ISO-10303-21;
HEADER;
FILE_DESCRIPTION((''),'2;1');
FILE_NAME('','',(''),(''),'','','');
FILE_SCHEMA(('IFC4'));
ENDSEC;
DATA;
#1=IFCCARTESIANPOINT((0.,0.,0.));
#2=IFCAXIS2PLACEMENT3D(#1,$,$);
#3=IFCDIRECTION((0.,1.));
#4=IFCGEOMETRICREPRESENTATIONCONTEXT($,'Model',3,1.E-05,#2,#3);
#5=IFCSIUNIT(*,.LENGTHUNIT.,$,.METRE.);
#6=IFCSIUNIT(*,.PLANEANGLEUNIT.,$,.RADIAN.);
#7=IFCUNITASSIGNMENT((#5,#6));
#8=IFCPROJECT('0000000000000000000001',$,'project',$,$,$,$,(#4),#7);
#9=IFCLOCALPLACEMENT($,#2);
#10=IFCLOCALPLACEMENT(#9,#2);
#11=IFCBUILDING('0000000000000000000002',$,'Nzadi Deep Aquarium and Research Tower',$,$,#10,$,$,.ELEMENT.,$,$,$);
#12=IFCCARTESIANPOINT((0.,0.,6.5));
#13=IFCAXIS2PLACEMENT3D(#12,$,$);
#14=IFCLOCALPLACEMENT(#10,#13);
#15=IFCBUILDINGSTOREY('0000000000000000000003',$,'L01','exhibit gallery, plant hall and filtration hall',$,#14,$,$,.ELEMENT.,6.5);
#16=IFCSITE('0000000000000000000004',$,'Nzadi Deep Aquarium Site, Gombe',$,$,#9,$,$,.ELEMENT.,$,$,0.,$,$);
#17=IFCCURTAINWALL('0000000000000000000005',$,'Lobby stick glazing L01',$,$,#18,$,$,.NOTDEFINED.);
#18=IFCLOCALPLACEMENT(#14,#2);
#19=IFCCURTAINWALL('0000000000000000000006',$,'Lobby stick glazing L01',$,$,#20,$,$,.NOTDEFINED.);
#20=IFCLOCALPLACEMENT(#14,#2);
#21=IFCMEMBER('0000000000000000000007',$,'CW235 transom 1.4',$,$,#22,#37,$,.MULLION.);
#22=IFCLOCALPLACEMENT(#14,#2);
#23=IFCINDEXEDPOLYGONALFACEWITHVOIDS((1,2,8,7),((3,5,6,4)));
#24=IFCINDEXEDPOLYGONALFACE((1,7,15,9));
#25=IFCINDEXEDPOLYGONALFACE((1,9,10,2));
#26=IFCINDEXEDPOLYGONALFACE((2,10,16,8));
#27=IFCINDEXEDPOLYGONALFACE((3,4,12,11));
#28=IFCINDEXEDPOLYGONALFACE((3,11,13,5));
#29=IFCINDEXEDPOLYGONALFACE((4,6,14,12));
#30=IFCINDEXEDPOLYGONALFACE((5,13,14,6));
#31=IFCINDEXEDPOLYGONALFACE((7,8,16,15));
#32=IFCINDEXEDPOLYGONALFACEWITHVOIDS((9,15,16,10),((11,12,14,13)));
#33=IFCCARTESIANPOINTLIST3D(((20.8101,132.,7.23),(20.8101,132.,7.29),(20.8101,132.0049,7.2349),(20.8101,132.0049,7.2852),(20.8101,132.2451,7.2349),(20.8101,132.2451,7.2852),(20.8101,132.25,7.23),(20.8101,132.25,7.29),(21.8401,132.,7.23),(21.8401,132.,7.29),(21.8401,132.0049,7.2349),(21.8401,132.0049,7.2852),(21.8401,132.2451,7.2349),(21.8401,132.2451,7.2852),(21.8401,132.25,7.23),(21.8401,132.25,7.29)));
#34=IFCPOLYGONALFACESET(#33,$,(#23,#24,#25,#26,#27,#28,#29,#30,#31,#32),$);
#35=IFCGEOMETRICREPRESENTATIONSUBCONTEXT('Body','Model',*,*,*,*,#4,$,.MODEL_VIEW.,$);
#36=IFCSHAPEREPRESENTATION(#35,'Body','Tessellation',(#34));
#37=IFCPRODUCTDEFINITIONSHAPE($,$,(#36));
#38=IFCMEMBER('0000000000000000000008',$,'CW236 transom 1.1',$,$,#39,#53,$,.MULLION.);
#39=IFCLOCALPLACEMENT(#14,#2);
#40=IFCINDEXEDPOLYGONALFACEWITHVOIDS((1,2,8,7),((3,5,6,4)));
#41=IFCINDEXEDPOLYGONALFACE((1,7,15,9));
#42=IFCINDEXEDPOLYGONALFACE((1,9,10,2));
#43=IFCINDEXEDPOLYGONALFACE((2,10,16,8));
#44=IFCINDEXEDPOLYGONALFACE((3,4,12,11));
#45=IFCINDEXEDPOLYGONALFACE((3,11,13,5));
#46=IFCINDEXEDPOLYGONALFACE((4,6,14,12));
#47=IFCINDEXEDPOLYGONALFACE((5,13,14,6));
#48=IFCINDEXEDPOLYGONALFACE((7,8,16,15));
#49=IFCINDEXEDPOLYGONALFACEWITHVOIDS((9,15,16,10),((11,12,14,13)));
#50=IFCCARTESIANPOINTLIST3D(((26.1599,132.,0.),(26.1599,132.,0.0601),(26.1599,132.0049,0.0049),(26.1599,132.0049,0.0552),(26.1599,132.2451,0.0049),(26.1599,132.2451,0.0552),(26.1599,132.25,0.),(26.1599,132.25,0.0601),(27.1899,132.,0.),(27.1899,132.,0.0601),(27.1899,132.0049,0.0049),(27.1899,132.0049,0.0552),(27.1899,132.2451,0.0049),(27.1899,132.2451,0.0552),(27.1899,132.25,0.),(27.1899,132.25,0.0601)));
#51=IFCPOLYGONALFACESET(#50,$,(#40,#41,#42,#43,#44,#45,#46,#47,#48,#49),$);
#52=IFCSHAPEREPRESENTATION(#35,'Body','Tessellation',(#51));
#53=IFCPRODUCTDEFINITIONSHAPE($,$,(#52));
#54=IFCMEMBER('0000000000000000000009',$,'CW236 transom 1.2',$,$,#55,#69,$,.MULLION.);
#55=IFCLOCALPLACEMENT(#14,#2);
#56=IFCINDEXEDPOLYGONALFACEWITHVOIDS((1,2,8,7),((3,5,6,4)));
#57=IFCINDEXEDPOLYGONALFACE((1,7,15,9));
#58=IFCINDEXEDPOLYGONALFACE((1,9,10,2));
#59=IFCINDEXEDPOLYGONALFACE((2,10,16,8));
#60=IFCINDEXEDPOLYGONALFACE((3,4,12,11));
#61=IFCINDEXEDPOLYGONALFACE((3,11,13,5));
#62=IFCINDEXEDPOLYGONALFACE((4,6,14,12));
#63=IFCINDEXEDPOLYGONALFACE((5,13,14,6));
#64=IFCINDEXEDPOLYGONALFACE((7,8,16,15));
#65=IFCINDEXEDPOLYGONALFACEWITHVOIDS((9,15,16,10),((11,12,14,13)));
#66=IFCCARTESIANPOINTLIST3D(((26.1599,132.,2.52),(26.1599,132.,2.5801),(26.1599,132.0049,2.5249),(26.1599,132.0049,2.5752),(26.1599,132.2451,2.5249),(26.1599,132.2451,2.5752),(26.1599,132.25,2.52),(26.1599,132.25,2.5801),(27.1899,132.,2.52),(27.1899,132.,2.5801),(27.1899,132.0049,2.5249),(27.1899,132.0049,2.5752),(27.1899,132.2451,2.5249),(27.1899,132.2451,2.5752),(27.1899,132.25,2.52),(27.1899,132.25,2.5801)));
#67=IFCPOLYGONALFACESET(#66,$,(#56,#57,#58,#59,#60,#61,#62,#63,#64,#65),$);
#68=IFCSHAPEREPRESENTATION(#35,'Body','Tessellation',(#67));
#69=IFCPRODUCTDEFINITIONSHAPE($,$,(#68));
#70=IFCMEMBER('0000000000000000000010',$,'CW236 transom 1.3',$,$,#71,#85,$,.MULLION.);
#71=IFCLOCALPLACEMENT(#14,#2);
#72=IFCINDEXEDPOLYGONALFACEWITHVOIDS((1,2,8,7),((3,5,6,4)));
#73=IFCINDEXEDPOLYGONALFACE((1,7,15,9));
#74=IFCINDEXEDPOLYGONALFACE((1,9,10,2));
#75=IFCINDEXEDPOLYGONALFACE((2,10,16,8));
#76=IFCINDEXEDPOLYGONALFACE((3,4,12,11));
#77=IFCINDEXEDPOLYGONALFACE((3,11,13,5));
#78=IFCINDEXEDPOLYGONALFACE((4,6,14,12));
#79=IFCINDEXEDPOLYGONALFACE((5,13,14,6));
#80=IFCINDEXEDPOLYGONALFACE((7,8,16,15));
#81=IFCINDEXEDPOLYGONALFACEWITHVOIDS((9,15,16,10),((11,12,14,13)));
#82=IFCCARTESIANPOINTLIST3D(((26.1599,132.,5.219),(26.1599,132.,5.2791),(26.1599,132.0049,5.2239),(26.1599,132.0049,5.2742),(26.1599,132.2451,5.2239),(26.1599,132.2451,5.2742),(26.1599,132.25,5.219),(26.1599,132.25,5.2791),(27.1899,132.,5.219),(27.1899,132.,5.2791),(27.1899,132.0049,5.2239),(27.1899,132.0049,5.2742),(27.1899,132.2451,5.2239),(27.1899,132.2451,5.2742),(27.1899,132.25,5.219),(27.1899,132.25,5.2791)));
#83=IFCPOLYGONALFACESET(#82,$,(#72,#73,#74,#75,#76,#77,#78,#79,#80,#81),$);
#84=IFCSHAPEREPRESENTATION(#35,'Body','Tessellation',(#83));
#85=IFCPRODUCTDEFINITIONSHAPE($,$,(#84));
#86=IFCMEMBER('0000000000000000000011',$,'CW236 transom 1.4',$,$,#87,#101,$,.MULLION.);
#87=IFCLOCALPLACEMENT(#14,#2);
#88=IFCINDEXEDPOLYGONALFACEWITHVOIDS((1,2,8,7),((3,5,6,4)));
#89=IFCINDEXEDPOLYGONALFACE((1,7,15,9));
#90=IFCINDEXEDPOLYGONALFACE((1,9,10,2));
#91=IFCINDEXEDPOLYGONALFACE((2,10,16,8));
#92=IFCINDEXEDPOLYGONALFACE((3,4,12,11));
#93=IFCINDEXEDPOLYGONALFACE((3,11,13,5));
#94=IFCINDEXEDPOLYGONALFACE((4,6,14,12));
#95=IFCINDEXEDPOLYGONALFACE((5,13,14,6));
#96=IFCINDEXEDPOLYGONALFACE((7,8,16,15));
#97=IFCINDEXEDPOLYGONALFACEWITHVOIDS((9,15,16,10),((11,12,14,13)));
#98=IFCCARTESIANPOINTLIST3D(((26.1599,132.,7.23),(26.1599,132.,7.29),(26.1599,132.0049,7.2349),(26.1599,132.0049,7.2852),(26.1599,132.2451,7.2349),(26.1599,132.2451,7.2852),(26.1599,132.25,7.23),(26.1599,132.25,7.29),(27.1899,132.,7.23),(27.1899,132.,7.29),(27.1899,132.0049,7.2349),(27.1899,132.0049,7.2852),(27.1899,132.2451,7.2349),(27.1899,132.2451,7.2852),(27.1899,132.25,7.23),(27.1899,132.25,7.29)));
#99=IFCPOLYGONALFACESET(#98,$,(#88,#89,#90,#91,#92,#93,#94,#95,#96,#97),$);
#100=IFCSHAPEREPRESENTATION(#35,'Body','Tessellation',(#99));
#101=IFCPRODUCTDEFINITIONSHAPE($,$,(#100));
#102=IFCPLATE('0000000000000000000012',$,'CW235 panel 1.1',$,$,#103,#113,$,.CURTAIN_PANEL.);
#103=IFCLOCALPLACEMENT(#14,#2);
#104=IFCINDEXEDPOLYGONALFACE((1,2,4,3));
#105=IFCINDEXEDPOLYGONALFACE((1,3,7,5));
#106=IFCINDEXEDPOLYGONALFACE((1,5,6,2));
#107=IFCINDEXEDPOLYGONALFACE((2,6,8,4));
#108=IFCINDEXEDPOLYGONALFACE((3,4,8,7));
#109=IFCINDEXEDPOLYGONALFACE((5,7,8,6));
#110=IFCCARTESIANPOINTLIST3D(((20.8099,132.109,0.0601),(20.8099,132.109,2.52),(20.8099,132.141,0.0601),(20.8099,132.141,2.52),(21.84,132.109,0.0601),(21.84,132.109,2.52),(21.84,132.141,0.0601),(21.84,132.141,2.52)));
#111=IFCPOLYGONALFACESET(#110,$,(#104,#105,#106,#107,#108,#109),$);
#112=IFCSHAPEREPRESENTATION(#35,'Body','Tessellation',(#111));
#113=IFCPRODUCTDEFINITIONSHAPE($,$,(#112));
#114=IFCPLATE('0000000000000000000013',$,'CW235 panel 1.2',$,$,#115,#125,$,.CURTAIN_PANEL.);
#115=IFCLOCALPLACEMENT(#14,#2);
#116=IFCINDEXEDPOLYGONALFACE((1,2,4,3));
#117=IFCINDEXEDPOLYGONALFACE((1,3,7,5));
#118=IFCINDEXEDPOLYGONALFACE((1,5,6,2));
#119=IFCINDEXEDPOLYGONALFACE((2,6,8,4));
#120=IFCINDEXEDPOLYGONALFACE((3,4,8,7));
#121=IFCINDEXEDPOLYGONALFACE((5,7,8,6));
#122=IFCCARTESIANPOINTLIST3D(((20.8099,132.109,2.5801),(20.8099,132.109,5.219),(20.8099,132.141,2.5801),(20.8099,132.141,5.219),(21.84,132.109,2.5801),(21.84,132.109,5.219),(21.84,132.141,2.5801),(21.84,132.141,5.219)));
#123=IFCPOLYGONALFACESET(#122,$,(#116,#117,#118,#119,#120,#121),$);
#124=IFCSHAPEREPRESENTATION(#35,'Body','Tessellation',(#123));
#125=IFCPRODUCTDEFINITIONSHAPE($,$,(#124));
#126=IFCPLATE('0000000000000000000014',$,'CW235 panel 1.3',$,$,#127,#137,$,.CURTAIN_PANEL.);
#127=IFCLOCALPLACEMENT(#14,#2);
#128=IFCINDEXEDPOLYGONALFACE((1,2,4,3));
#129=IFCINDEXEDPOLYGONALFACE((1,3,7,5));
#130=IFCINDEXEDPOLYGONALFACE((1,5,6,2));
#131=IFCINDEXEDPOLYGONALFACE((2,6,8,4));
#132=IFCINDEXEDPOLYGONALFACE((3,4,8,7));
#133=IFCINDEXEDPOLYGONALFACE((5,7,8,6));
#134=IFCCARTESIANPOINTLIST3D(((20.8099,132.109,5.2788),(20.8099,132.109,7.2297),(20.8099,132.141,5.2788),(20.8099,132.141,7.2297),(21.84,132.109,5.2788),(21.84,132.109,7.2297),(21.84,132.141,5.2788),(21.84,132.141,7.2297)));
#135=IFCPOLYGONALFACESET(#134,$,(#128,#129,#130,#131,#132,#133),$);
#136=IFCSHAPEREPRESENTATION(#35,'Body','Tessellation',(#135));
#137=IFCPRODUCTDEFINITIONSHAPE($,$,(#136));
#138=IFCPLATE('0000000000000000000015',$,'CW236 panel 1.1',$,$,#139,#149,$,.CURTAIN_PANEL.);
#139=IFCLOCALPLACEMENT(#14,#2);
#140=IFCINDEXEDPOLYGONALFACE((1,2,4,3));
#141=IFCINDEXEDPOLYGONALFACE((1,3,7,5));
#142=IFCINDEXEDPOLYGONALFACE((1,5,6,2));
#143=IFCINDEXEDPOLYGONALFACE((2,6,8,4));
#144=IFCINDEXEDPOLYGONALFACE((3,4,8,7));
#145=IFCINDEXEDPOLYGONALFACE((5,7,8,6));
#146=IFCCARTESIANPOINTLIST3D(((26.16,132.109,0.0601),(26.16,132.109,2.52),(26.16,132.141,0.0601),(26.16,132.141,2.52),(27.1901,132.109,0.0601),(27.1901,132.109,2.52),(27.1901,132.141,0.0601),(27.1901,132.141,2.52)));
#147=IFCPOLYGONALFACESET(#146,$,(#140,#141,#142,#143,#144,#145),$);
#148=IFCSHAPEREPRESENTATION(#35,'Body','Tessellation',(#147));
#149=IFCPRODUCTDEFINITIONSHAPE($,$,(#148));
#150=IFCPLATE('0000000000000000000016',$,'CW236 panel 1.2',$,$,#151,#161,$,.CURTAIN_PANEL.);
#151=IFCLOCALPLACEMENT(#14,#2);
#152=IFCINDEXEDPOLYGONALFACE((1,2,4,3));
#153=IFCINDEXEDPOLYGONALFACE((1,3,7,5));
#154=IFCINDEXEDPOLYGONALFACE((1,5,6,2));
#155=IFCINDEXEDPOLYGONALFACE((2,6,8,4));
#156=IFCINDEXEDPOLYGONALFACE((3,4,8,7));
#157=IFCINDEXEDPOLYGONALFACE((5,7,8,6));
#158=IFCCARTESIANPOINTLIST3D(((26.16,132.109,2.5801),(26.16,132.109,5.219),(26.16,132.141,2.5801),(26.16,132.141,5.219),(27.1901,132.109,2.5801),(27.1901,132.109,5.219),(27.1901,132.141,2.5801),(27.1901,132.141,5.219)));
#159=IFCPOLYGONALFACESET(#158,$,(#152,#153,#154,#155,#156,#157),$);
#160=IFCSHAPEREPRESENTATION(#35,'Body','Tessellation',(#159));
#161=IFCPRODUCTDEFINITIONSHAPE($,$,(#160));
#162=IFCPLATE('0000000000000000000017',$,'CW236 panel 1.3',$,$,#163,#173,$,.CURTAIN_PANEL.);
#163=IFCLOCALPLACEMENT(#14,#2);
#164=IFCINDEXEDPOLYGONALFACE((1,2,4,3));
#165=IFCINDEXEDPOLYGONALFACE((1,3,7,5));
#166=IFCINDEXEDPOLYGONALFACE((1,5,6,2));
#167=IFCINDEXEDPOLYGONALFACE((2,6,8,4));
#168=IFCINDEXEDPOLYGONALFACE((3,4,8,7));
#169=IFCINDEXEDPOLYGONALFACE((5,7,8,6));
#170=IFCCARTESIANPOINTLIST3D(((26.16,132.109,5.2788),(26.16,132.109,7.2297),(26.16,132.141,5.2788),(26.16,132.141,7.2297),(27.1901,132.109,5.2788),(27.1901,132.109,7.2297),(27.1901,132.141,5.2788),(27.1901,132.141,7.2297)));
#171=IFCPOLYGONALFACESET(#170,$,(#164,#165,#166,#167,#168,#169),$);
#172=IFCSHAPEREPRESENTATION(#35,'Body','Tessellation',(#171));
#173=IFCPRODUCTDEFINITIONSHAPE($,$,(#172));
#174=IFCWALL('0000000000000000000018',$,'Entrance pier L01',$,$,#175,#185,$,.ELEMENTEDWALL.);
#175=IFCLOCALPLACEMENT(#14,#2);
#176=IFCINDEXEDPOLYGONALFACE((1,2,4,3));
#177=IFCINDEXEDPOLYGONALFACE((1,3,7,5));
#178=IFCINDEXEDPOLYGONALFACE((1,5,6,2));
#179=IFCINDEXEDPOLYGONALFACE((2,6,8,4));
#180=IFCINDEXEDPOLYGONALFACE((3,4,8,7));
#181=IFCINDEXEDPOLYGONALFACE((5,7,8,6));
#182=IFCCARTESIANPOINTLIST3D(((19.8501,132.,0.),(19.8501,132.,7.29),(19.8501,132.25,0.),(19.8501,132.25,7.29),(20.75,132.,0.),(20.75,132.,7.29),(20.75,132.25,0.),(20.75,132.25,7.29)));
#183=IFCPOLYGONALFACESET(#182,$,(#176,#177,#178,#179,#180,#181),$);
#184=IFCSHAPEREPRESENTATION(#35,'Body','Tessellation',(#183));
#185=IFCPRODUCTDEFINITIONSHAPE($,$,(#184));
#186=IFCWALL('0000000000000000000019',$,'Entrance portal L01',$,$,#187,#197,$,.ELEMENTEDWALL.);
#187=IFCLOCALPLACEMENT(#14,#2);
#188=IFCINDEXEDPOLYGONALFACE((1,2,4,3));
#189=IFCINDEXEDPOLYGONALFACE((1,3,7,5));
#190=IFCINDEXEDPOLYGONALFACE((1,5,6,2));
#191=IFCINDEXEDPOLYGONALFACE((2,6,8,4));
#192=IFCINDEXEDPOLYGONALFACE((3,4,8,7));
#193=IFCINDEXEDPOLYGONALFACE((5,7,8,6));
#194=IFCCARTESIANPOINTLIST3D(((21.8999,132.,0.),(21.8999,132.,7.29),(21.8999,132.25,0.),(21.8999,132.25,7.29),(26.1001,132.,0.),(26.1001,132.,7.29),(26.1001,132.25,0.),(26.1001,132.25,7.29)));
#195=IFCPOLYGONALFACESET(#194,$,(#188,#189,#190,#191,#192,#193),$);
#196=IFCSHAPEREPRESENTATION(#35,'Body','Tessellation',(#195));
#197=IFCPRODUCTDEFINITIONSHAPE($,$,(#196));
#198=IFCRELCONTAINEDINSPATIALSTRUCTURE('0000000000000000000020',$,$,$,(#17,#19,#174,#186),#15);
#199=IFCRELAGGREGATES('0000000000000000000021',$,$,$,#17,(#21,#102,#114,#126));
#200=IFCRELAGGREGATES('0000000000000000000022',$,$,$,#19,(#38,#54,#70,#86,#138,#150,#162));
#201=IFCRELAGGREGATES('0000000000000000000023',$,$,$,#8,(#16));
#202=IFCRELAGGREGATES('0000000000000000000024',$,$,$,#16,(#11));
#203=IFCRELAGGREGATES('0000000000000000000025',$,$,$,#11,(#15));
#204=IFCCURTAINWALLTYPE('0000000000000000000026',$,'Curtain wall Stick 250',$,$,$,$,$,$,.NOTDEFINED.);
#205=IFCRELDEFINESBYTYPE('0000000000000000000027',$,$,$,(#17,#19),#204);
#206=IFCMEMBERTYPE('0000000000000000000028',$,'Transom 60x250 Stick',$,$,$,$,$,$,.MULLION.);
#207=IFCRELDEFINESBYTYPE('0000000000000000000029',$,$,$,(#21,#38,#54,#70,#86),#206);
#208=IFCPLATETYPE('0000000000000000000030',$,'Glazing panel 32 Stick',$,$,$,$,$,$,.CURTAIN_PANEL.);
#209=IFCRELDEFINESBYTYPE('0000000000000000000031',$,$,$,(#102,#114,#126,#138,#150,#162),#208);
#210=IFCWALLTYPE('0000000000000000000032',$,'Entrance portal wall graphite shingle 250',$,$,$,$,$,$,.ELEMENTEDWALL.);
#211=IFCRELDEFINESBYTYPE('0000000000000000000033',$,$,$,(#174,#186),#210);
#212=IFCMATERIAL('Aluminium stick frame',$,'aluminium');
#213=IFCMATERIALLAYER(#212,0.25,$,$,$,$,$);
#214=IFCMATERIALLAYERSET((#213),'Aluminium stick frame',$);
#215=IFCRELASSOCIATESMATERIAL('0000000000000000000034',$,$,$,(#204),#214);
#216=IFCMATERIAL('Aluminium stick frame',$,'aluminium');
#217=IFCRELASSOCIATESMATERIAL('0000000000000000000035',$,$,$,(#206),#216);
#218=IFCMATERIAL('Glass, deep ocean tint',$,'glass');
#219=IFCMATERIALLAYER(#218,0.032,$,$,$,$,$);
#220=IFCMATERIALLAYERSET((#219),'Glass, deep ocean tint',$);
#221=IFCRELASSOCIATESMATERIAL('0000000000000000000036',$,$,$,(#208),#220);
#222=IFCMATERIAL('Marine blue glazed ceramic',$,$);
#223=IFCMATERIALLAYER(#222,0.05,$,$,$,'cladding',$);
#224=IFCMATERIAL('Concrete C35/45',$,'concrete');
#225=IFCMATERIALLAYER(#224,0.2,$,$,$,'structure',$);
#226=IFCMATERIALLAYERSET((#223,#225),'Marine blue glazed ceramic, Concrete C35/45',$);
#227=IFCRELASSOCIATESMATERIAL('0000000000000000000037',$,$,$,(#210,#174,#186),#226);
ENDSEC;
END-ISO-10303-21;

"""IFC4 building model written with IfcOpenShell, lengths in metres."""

from ifc_helpers import new_model, si_unit, direction, frame, frame_2d, origin, origin_2d, place, context, subcontext, project, spatial, rectangle, hollow_rectangle, extrude, material, layer, layer_set, layer_usage, material_profile, profile_set, type_object, element, aggregate, save


model = new_model("IFC4")

# Units and contexts
model_context = context("Model", 3, precision=1e-05, world=origin(), true_north=direction((0.0, 1.0)))
body_context = subcontext(model_context, "Body", "Model", "MODEL_VIEW")
ifc_project = project(units=[si_unit("LENGTHUNIT", "METRE"), si_unit("PLANEANGLEUNIT", "RADIAN")], contexts=[model_context])

# Site, building, storey
site_placement = place(None, origin())
site = spatial("IfcSite", under=ifc_project, at=site_placement, Name="Nzadi Deep Aquarium Site, Gombe", CompositionType="ELEMENT", RefElevation=0.0)
building_placement = place(site_placement, origin())
building = spatial("IfcBuilding", under=site, at=building_placement, Name="Nzadi Deep Aquarium and Research Tower", CompositionType="ELEMENT")
storey_placement = place(building_placement, frame((0.0, 0.0, 6.5)))
storey = spatial("IfcBuildingStorey", under=building, at=storey_placement, Name="L01", Description="exhibit gallery, plant hall and filtration hall", CompositionType="ELEMENT", Elevation=6.5)

# Curtain walls
ifc_material_1 = material(Name="Aluminium stick frame", Category="aluminium")
ifc_layer_1 = layer(ifc_material_1, 0.25)
ifc_layer_set_1 = layer_set([ifc_layer_1], Name="Aluminium stick frame")
curtain_wall_type = type_object("IfcCurtainWallType", Name="Curtain wall Stick 250", PredefinedType="NOTDEFINED", material=ifc_layer_set_1)
curtain_wall_1_placement = place(storey_placement, origin())
curtain_wall_1 = element("IfcCurtainWall", 1, at=curtain_wall_1_placement, inside=storey, type_object=curtain_wall_type, Name="Lobby stick glazing L01", PredefinedType="NOTDEFINED")
curtain_wall_2_placement = place(storey_placement, origin())
curtain_wall_2 = element("IfcCurtainWall", 2, at=curtain_wall_2_placement, inside=storey, type_object=curtain_wall_type, Name="Lobby stick glazing L01", PredefinedType="NOTDEFINED")

# Members
ifc_material_2 = material(Name="Aluminium stick frame", Category="aluminium")
ifc_material_profile_1 = material_profile(ifc_material_2, hollow_rectangle(XDim=0.25, YDim=0.0601, WallThickness=0.0049, at=origin_2d()))
ifc_profile_set_1 = profile_set([ifc_material_profile_1], Name="Aluminium stick frame")
member_type_1 = type_object("IfcMemberType", Name="Transom 60x250 Stick", PredefinedType="MULLION", material=ifc_profile_set_1)
member_1_placement = place(storey_placement, frame((20.8101, 132.125, 7.26), z_axis=(1.0, 0.0, 0.0), x_axis=(0.0, 1.0, 0.0)))
member_1 = element("IfcMember", 3, at=member_1_placement, type_object=member_type_1, Name="CW235 transom 1.4", PredefinedType="MULLION", context=body_context, shape_type="SweptSolid", body=[
    extrude(hollow_rectangle(XDim=0.25, YDim=0.0601, WallThickness=0.0049, at=origin_2d()), origin(), (0.0, 0.0, 1.0), 1.03),
])
member_2_placement = place(storey_placement, frame((26.1599, 132.125, 0.03), z_axis=(1.0, 0.0, 0.0), x_axis=(0.0, 1.0, 0.0)))
member_2 = element("IfcMember", 4, at=member_2_placement, type_object=member_type_1, Name="CW236 transom 1.1", PredefinedType="MULLION", context=body_context, shape_type="SweptSolid", body=[
    extrude(hollow_rectangle(XDim=0.25, YDim=0.0601, WallThickness=0.0049, at=origin_2d()), origin(), (0.0, 0.0, 1.0), 1.03),
])
member_3_placement = place(storey_placement, frame((26.1599, 132.125, 2.55), z_axis=(1.0, 0.0, 0.0), x_axis=(0.0, 1.0, 0.0)))
member_3 = element("IfcMember", 5, at=member_3_placement, type_object=member_type_1, Name="CW236 transom 1.2", PredefinedType="MULLION", context=body_context, shape_type="SweptSolid", body=[
    extrude(hollow_rectangle(XDim=0.25, YDim=0.0601, WallThickness=0.0049, at=origin_2d()), origin(), (0.0, 0.0, 1.0), 1.03),
])
member_4_placement = place(storey_placement, frame((26.1599, 132.125, 5.249), z_axis=(1.0, 0.0, 0.0), x_axis=(0.0, 1.0, 0.0)))
member_4 = element("IfcMember", 6, at=member_4_placement, type_object=member_type_1, Name="CW236 transom 1.3", PredefinedType="MULLION", context=body_context, shape_type="SweptSolid", body=[
    extrude(hollow_rectangle(XDim=0.25, YDim=0.0601, WallThickness=0.0049, at=origin_2d()), origin(), (0.0, 0.0, 1.0), 1.03),
])
member_5_placement = place(storey_placement, frame((26.1599, 132.125, 7.26), z_axis=(1.0, 0.0, 0.0), x_axis=(0.0, 1.0, 0.0)))
member_5 = element("IfcMember", 7, at=member_5_placement, type_object=member_type_1, Name="CW236 transom 1.4", PredefinedType="MULLION", context=body_context, shape_type="SweptSolid", body=[
    extrude(hollow_rectangle(XDim=0.25, YDim=0.0601, WallThickness=0.0049, at=origin_2d()), origin(), (0.0, 0.0, 1.0), 1.03),
])

# Plates
ifc_material_3 = material(Name="Glass, deep ocean tint", Category="glass")
ifc_layer_2 = layer(ifc_material_3, 0.032)
ifc_layer_set_2 = layer_set([ifc_layer_2], Name="Glass, deep ocean tint")
plate_type = type_object("IfcPlateType", Name="Glazing panel 32 Stick", PredefinedType="CURTAIN_PANEL", material=ifc_layer_set_2)
plate_1_placement = place(storey_placement, frame((21.325, 132.125, 0.0601), z_axis=(0.0, 0.0, 1.0), x_axis=(1.0, 0.0, 0.0)))
plate_1 = element("IfcPlate", 8, at=plate_1_placement, type_object=plate_type, Name="CW235 panel 1.1", PredefinedType="CURTAIN_PANEL", context=body_context, shape_type="SweptSolid", body=[
    extrude(rectangle(XDim=1.03, YDim=0.032, at=origin_2d()), origin(), (0.0, 0.0, 1.0), 2.46),
])
plate_2_placement = place(storey_placement, frame((21.325, 132.125, 2.5801), z_axis=(0.0, 0.0, 1.0), x_axis=(1.0, 0.0, 0.0)))
plate_2 = element("IfcPlate", 9, at=plate_2_placement, type_object=plate_type, Name="CW235 panel 1.2", PredefinedType="CURTAIN_PANEL", context=body_context, shape_type="SweptSolid", body=[
    extrude(rectangle(XDim=1.03, YDim=0.032, at=origin_2d()), origin(), (0.0, 0.0, 1.0), 2.6389),
])
plate_3_placement = place(storey_placement, frame((21.325, 132.125, 5.2788), z_axis=(0.0, 0.0, 1.0), x_axis=(1.0, 0.0, 0.0)))
plate_3 = element("IfcPlate", 10, at=plate_3_placement, type_object=plate_type, Name="CW235 panel 1.3", PredefinedType="CURTAIN_PANEL", context=body_context, shape_type="SweptSolid", body=[
    extrude(rectangle(XDim=1.03, YDim=0.032, at=origin_2d()), origin(), (0.0, 0.0, 1.0), 1.9509),
])
aggregate(curtain_wall_1, [member_1, plate_1, plate_2, plate_3])
plate_4_placement = place(storey_placement, frame((26.675, 132.125, 0.0601), z_axis=(0.0, 0.0, 1.0), x_axis=(1.0, 0.0, 0.0)))
plate_4 = element("IfcPlate", 11, at=plate_4_placement, type_object=plate_type, Name="CW236 panel 1.1", PredefinedType="CURTAIN_PANEL", context=body_context, shape_type="SweptSolid", body=[
    extrude(rectangle(XDim=1.03, YDim=0.032, at=origin_2d()), origin(), (0.0, 0.0, 1.0), 2.46),
])
plate_5_placement = place(storey_placement, frame((26.675, 132.125, 2.5801), z_axis=(0.0, 0.0, 1.0), x_axis=(1.0, 0.0, 0.0)))
plate_5 = element("IfcPlate", 12, at=plate_5_placement, type_object=plate_type, Name="CW236 panel 1.2", PredefinedType="CURTAIN_PANEL", context=body_context, shape_type="SweptSolid", body=[
    extrude(rectangle(XDim=1.03, YDim=0.032, at=origin_2d()), origin(), (0.0, 0.0, 1.0), 2.6389),
])
plate_6_placement = place(storey_placement, frame((26.675, 132.125, 5.2788), z_axis=(0.0, 0.0, 1.0), x_axis=(1.0, 0.0, 0.0)))
plate_6 = element("IfcPlate", 13, at=plate_6_placement, type_object=plate_type, Name="CW236 panel 1.3", PredefinedType="CURTAIN_PANEL", context=body_context, shape_type="SweptSolid", body=[
    extrude(rectangle(XDim=1.03, YDim=0.032, at=origin_2d()), origin(), (0.0, 0.0, 1.0), 1.9509),
])
aggregate(curtain_wall_2, [member_2, member_3, member_4, member_5, plate_4, plate_5, plate_6])

# Walls
ifc_material_4 = material(Name="Marine blue glazed ceramic")
ifc_layer_3 = layer(ifc_material_4, 0.05, Category="cladding")
ifc_material_5 = material(Name="Concrete C35/45", Category="concrete")
ifc_layer_4 = layer(ifc_material_5, 0.2, Category="structure")
ifc_layer_set_3 = layer_set([ifc_layer_3, ifc_layer_4], Name="Marine blue glazed ceramic, Concrete C35/45")
ifc_layer_usage_1 = layer_usage(ifc_layer_set_3, "AXIS2", "POSITIVE", -0.125)
wall_type = type_object("IfcWallType", Name="Entrance portal wall graphite shingle 250", PredefinedType="ELEMENTEDWALL", material=ifc_layer_set_3)
wall_1_placement = place(storey_placement, frame((20.75, 132.125, 0.0), z_axis=(0.0, 0.0, 1.0), x_axis=(-1.0, 0.0, 0.0)))
element("IfcWall", 14, at=wall_1_placement, inside=storey, type_object=wall_type, material=ifc_layer_usage_1, Name="Entrance pier L01", PredefinedType="ELEMENTEDWALL", context=body_context, shape_type="SweptSolid", body=[
    extrude(rectangle(XDim=0.8999, YDim=0.25, at=frame_2d((0.45, 0.0))), origin(), (0.0, 0.0, 1.0), 7.29),
])
ifc_layer_usage_2 = layer_usage(ifc_layer_set_3, "AXIS2", "POSITIVE", -0.125)
wall_2_placement = place(storey_placement, frame((26.1001, 132.125, 0.0), z_axis=(0.0, 0.0, 1.0), x_axis=(-1.0, 0.0, 0.0)))
element("IfcWall", 15, at=wall_2_placement, inside=storey, type_object=wall_type, material=ifc_layer_usage_2, Name="Entrance portal L01", PredefinedType="ELEMENTEDWALL", context=body_context, shape_type="SweptSolid", body=[
    extrude(rectangle(XDim=4.2002, YDim=0.25, at=frame_2d((2.1001, 0.0))), origin(), (0.0, 0.0, 1.0), 7.29),
])

save(model, "model.ifc")
